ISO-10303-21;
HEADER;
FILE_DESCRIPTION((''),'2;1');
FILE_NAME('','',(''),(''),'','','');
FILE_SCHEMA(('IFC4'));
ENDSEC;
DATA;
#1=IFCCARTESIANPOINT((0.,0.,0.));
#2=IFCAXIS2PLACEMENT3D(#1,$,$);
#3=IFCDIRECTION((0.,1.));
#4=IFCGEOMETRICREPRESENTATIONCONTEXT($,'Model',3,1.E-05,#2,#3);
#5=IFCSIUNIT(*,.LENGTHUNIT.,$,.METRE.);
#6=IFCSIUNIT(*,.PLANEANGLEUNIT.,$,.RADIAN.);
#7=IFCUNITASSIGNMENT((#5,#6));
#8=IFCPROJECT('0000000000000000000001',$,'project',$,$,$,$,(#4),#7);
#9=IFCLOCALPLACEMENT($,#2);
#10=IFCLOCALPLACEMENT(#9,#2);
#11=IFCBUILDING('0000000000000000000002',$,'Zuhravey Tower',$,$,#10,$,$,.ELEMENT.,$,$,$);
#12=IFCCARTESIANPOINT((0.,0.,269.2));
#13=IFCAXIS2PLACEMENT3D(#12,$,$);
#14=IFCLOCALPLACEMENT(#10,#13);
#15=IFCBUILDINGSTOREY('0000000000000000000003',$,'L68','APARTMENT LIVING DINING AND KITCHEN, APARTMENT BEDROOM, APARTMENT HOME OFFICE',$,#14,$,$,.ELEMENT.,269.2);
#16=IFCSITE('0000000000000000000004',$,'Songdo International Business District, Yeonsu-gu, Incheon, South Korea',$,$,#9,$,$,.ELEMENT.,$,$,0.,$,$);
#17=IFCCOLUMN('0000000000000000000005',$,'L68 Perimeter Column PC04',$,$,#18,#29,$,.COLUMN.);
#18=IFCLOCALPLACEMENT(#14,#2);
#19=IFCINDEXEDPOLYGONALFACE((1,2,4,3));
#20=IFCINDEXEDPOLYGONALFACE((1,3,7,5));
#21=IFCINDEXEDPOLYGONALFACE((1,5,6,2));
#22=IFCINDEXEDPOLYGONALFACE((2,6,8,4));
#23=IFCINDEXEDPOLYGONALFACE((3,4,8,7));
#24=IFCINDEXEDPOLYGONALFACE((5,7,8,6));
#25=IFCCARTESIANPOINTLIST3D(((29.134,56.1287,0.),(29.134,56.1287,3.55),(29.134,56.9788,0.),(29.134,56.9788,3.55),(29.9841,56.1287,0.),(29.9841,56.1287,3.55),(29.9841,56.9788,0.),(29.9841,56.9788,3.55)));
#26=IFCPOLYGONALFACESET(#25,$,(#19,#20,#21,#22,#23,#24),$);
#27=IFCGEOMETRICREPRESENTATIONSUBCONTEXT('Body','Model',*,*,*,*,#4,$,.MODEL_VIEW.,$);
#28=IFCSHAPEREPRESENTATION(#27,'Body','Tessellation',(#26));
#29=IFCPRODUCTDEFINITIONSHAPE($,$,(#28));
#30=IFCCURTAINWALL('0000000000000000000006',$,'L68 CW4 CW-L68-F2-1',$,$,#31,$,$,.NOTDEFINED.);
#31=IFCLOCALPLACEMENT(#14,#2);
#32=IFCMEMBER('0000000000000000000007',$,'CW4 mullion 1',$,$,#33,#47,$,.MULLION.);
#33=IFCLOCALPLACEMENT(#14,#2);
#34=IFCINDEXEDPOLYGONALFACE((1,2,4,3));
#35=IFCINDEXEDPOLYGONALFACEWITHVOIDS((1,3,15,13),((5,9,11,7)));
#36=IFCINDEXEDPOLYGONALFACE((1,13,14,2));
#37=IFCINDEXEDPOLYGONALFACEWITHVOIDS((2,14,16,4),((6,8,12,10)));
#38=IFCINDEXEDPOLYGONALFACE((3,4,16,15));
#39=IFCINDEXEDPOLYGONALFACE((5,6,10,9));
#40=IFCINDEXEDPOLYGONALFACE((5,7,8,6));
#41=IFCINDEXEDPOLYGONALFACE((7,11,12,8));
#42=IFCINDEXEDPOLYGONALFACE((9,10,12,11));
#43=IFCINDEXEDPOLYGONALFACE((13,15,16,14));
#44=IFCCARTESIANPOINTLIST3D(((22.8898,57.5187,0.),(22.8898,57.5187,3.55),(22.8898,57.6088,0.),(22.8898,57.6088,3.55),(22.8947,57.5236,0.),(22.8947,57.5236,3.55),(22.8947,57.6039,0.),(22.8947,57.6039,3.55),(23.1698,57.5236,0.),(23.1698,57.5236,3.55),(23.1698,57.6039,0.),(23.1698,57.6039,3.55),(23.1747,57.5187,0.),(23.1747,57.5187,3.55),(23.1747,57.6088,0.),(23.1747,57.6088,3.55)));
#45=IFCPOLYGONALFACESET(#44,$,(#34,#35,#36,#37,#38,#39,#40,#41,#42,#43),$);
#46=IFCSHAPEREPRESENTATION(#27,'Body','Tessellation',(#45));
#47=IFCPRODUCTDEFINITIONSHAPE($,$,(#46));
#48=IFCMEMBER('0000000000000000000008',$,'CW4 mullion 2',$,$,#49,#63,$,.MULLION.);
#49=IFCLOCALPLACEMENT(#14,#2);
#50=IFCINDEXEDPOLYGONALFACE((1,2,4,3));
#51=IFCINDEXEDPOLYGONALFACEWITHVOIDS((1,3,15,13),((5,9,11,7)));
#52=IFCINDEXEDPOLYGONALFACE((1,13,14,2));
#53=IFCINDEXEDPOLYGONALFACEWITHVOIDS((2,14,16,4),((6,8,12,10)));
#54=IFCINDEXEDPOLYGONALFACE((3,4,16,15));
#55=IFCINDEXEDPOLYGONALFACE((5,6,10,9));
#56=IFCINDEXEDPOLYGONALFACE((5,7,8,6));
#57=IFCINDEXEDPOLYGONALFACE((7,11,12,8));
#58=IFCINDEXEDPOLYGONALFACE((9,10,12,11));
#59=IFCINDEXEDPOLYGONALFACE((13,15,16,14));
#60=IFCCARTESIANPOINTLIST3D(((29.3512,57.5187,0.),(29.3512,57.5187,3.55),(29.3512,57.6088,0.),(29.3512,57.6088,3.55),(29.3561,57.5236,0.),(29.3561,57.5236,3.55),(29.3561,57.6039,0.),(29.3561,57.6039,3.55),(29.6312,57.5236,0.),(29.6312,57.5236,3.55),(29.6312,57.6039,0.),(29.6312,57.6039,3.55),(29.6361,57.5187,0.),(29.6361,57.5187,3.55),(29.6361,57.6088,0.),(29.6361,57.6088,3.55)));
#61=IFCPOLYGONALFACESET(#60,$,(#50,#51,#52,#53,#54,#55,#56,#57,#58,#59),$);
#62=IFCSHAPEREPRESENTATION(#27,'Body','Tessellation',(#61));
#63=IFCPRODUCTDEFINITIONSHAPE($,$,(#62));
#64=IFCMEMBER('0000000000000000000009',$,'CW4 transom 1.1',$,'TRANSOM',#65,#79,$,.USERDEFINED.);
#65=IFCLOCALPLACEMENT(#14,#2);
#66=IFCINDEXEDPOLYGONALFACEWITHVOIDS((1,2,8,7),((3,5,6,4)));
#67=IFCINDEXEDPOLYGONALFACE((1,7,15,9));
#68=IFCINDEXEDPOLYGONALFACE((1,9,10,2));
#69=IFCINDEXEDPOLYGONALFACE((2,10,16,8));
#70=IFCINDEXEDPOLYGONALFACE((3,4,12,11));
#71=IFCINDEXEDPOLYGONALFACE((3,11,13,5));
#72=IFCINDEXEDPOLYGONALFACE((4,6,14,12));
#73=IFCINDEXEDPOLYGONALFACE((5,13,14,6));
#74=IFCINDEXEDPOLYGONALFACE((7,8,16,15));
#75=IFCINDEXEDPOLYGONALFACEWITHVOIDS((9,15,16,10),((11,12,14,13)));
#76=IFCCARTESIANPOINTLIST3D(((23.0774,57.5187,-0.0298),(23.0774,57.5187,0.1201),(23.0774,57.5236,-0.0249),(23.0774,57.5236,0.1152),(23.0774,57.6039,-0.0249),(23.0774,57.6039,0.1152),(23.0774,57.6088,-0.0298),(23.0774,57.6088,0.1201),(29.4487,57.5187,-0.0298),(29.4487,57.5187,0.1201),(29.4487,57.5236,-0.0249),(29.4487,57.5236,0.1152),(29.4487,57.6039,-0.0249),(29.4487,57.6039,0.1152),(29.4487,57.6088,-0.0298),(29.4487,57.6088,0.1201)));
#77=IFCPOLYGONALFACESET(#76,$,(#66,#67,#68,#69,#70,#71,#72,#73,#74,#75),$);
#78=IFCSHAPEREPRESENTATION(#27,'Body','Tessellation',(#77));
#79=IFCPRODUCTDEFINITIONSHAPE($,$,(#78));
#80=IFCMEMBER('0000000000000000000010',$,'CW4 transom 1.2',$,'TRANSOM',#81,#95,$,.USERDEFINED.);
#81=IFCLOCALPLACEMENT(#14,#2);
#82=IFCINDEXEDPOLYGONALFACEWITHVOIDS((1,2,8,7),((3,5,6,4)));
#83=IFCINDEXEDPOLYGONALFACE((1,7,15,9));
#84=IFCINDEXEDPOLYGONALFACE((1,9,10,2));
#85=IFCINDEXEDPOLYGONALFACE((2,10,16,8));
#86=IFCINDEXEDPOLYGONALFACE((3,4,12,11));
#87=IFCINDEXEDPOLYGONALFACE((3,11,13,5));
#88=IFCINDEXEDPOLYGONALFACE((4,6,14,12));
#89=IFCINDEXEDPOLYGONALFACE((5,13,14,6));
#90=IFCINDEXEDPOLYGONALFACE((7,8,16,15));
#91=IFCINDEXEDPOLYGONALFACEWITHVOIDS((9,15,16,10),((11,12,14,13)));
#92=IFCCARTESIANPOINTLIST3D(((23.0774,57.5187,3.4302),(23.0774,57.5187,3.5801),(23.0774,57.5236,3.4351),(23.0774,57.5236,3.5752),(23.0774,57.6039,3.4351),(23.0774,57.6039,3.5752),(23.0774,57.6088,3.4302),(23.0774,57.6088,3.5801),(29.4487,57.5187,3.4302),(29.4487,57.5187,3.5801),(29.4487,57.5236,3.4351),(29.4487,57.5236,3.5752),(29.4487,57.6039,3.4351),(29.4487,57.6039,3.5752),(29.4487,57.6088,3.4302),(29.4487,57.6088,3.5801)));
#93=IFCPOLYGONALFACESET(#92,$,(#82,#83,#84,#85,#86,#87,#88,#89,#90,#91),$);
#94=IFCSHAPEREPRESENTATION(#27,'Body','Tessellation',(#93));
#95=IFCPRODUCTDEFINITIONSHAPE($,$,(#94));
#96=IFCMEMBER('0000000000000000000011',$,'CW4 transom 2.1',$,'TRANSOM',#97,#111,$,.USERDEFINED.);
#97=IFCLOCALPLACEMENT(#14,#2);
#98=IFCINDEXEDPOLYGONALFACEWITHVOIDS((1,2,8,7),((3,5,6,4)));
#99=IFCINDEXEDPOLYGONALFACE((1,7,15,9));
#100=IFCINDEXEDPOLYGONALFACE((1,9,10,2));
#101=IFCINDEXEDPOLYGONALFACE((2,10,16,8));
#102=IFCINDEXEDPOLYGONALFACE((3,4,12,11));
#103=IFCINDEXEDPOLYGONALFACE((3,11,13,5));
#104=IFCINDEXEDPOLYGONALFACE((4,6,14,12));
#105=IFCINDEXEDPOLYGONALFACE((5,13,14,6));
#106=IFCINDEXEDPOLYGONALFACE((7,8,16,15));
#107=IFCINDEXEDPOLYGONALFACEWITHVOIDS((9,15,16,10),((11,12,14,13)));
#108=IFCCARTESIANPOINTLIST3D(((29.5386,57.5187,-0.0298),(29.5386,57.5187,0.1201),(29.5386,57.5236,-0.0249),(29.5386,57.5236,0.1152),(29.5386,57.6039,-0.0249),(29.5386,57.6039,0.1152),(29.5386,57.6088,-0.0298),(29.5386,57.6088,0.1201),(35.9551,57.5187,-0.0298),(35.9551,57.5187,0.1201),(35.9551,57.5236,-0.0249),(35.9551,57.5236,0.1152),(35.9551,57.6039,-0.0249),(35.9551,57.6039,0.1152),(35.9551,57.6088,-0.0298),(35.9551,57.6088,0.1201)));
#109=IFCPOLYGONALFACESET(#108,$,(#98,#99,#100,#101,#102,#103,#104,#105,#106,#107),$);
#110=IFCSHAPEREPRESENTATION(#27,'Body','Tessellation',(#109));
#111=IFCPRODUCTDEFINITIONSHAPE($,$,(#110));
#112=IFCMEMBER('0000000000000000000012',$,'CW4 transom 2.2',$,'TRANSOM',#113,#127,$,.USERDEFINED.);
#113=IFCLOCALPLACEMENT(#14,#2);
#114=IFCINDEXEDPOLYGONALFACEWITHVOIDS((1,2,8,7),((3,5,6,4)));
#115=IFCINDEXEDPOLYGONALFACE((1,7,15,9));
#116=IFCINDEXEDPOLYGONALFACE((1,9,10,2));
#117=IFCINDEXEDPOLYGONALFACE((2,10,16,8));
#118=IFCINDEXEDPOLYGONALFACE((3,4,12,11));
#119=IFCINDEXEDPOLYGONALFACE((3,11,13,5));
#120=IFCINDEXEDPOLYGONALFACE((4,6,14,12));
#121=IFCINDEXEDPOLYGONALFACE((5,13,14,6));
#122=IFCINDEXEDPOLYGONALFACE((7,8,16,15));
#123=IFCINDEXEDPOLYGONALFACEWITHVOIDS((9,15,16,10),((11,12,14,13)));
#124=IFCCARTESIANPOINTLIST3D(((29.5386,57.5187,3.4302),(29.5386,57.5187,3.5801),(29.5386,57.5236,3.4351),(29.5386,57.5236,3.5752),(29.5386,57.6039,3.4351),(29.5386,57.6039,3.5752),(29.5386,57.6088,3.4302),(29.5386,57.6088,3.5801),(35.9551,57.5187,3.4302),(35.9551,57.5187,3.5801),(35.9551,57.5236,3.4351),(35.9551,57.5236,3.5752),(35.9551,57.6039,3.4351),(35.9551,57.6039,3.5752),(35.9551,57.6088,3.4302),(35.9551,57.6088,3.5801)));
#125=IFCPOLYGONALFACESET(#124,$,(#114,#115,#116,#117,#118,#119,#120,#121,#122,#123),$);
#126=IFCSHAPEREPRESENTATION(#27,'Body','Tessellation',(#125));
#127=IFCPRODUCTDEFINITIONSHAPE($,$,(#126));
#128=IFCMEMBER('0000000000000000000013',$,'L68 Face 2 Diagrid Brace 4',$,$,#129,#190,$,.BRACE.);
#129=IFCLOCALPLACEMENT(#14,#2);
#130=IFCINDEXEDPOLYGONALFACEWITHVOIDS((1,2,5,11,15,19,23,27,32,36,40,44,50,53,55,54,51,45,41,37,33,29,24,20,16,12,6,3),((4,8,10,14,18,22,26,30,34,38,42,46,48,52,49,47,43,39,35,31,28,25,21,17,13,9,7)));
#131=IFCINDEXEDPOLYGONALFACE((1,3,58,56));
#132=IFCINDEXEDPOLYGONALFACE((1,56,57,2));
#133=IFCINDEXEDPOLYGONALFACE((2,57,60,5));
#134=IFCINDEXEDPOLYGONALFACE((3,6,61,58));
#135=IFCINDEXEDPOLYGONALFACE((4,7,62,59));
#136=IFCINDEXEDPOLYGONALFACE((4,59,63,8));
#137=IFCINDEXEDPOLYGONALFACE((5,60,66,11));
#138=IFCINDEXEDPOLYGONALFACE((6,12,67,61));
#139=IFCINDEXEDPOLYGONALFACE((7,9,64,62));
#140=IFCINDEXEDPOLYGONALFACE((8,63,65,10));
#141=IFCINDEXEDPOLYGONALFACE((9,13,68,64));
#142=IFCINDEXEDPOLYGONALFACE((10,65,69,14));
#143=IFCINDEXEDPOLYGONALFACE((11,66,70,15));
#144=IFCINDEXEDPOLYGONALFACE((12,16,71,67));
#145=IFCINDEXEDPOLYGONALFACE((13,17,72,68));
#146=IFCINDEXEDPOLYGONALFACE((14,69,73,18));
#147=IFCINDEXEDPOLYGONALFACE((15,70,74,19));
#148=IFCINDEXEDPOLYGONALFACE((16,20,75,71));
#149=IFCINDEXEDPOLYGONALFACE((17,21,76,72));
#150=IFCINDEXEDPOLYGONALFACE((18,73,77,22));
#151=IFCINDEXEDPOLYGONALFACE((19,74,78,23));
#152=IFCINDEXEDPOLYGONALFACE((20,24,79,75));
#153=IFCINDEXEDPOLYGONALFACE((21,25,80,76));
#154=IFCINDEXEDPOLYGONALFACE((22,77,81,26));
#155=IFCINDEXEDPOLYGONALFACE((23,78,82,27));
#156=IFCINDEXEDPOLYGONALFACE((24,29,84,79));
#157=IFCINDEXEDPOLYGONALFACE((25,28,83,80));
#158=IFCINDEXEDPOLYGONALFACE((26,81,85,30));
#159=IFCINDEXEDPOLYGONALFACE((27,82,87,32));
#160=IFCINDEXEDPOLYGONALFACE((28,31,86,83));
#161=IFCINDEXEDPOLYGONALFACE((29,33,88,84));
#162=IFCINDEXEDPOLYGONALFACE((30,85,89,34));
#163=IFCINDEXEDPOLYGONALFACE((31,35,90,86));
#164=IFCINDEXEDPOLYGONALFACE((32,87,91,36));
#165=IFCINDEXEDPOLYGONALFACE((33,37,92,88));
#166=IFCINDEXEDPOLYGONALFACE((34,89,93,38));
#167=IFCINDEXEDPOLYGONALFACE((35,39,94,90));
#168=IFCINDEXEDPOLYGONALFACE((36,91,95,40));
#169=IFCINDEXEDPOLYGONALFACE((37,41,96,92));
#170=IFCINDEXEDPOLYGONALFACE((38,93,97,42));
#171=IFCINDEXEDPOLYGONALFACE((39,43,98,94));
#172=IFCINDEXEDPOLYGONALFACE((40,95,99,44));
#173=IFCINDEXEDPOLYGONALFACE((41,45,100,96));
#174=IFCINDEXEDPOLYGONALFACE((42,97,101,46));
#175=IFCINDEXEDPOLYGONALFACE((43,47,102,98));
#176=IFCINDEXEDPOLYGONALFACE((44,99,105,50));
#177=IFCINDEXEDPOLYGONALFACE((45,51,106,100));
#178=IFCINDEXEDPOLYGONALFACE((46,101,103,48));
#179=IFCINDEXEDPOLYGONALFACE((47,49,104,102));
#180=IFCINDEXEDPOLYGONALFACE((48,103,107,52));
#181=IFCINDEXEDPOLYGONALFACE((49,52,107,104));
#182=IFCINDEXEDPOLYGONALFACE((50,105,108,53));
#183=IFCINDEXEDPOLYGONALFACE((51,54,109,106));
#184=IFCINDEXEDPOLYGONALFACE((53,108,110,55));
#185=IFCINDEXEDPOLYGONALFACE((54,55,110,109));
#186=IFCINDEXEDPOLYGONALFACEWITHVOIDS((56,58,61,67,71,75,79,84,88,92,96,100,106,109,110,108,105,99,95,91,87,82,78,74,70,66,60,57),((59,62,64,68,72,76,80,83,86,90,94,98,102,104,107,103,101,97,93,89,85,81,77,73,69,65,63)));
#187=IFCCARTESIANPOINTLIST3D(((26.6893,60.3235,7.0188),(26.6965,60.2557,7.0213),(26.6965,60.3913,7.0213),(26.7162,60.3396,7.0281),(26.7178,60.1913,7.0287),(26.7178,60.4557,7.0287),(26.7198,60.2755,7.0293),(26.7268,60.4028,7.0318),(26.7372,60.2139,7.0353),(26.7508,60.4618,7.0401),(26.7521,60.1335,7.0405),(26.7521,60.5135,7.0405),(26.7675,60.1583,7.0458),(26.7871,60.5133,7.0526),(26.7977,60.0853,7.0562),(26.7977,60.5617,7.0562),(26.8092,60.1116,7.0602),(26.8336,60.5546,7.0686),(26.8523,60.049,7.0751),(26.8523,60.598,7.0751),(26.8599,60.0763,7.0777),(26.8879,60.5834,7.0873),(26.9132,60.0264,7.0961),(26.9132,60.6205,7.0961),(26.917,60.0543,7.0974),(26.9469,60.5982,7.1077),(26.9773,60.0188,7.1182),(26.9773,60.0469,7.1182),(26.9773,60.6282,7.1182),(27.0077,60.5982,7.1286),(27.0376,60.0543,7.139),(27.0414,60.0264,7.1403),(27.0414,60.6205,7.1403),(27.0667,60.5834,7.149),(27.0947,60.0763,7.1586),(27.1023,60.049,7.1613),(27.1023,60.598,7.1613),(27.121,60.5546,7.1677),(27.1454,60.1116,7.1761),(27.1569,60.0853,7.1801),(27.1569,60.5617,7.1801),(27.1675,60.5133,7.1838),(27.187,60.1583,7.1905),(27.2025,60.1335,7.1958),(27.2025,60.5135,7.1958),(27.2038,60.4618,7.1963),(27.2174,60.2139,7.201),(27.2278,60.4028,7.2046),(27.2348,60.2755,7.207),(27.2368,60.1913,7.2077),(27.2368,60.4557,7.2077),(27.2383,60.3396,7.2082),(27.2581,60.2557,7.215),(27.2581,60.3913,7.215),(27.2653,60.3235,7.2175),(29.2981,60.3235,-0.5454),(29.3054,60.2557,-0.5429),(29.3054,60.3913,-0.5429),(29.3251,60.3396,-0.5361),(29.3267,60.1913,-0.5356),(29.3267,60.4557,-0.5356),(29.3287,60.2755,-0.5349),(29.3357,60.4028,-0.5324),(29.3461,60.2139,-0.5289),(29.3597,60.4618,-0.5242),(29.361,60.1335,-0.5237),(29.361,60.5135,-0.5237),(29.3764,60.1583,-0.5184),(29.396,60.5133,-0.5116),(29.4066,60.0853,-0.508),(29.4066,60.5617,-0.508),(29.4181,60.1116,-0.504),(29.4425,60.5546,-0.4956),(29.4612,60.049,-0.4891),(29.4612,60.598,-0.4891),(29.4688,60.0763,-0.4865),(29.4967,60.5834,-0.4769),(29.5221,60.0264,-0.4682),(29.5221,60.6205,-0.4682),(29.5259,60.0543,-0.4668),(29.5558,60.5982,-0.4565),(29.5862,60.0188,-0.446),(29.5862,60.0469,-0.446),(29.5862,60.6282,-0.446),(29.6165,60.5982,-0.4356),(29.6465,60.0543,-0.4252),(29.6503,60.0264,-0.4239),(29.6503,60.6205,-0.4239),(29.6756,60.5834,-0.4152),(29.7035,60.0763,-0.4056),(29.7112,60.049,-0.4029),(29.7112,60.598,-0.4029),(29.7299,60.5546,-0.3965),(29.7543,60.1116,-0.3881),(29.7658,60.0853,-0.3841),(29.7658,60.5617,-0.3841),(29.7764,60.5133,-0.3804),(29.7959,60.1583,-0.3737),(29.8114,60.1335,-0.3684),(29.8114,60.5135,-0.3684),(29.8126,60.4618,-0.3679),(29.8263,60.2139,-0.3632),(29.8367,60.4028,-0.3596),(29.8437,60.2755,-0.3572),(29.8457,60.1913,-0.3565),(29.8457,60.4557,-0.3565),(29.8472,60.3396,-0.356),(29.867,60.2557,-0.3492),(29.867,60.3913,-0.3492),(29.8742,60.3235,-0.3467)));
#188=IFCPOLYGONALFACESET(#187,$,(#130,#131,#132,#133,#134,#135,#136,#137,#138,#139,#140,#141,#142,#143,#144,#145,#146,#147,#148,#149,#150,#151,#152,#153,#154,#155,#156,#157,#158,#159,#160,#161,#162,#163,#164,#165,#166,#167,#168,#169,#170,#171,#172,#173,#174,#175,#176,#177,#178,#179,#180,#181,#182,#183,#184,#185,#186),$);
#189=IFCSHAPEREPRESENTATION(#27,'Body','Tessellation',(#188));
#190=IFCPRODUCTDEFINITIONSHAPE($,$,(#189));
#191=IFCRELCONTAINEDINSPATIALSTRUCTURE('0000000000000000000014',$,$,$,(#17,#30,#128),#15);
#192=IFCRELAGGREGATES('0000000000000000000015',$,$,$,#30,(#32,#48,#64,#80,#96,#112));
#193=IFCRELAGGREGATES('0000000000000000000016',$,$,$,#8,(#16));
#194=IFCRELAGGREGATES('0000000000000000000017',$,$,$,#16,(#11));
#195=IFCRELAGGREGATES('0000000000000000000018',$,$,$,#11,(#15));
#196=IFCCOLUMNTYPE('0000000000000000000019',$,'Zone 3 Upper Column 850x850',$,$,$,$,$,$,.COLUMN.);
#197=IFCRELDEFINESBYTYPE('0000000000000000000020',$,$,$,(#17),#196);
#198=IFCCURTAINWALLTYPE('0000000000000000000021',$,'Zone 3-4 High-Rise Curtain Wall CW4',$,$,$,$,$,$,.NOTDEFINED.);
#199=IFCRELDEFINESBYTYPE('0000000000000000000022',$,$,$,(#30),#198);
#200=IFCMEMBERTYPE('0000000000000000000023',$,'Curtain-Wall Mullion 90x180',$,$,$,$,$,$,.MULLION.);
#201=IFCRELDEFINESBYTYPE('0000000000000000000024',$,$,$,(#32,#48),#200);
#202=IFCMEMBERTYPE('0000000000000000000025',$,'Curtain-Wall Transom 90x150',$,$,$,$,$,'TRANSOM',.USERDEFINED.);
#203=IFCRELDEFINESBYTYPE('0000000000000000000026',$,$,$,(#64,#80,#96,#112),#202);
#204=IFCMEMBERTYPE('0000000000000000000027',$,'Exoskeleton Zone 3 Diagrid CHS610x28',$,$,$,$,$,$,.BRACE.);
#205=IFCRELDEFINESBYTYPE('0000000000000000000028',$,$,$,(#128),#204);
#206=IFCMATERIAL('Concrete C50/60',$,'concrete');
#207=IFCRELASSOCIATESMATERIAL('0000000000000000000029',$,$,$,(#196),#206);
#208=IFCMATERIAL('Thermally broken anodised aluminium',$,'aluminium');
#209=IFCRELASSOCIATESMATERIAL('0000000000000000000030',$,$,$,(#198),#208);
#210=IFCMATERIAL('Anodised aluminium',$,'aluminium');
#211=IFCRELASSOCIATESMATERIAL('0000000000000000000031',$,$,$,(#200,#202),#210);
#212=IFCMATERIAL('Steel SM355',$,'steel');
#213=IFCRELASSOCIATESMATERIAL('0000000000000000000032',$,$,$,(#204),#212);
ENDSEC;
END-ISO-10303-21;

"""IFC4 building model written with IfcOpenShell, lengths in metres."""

from ifc_helpers import new_model, si_unit, direction, frame, origin, origin_2d, place, context, subcontext, project, spatial, rectangle, hollow_rectangle, hollow_circle, extrude, material, material_profile, profile_set, type_object, element, aggregate, save


model = new_model("IFC4")

# Units and contexts
model_context = context("Model", 3, precision=1e-05, world=origin(), true_north=direction((0.0, 1.0)))
body_context = subcontext(model_context, "Body", "Model", "MODEL_VIEW")
ifc_project = project(units=[si_unit("LENGTHUNIT", "METRE"), si_unit("PLANEANGLEUNIT", "RADIAN")], contexts=[model_context])

# Site, building, storey
site_placement = place(None, origin())
site = spatial("IfcSite", under=ifc_project, at=site_placement, Name="Songdo International Business District, Yeonsu-gu, Incheon, South Korea", CompositionType="ELEMENT", RefElevation=0.0)
building_placement = place(site_placement, origin())
building = spatial("IfcBuilding", under=site, at=building_placement, Name="Zuhravey Tower", CompositionType="ELEMENT")
storey_placement = place(building_placement, frame((0.0, 0.0, 269.2)))
storey = spatial("IfcBuildingStorey", under=building, at=storey_placement, Name="L68", Description="APARTMENT LIVING DINING AND KITCHEN, APARTMENT BEDROOM, APARTMENT HOME OFFICE", CompositionType="ELEMENT", Elevation=269.2)

# Column
ifc_material_1 = material(Name="Concrete C50/60", Category="concrete")
ifc_material_profile_1 = material_profile(ifc_material_1, rectangle(XDim=0.8501, YDim=0.8501, at=origin_2d()), Name="RC-850x850")
ifc_profile_set_1 = profile_set([ifc_material_profile_1], Name="Concrete C50/60")
column_type = type_object("IfcColumnType", Name="Zone 3 Upper Column 850x850", PredefinedType="COLUMN", material=ifc_profile_set_1)
column_placement = place(storey_placement, frame((29.5591, 56.5537, 0.0), z_axis=(0.0, 0.0, 1.0), x_axis=(-1.0, 0.0, 0.0)))
element("IfcColumn", 1, at=column_placement, inside=storey, type_object=column_type, Name="L68 Perimeter Column PC04", PredefinedType="COLUMN", context=body_context, shape_type="SweptSolid", body=[
    extrude(rectangle(XDim=0.8501, YDim=0.8501, at=origin_2d()), origin(), (0.0, 0.0, 1.0), 3.55),
])

# Curtain wall, members
ifc_material_2 = material(Name="Thermally broken anodised aluminium", Category="aluminium")
curtain_wall_type = type_object("IfcCurtainWallType", Name="Zone 3-4 High-Rise Curtain Wall CW4", PredefinedType="NOTDEFINED", material=ifc_material_2)
curtain_wall_placement = place(storey_placement, origin())
curtain_wall = element("IfcCurtainWall", 2, at=curtain_wall_placement, inside=storey, type_object=curtain_wall_type, Name="L68 CW4 CW-L68-F2-1", PredefinedType="NOTDEFINED")
ifc_material_3 = material(Name="Anodised aluminium", Category="aluminium")
ifc_material_profile_2 = material_profile(ifc_material_3, hollow_rectangle(XDim=0.0901, YDim=0.2849, WallThickness=0.0049, at=origin_2d()), Name="ALU-RHS-90x285x5")
ifc_profile_set_2 = profile_set([ifc_material_profile_2], Name="Anodised aluminium")
member_type_1 = type_object("IfcMemberType", Name="Curtain-Wall Mullion 90x180", PredefinedType="MULLION", material=ifc_profile_set_2)
member_1_placement = place(storey_placement, frame((23.0322, 57.5637, 0.0), z_axis=(0.0, 0.0, 1.0), x_axis=(0.0, 1.0, 0.0)))
member_1 = element("IfcMember", 3, at=member_1_placement, type_object=member_type_1, Name="CW4 mullion 1", PredefinedType="MULLION", context=body_context, shape_type="SweptSolid", body=[
    extrude(hollow_rectangle(XDim=0.0901, YDim=0.2849, WallThickness=0.0049, at=origin_2d()), origin(), (0.0, 0.0, 1.0), 3.55),
])
member_2_placement = place(storey_placement, frame((29.4937, 57.5637, 0.0), z_axis=(0.0, 0.0, 1.0), x_axis=(0.0, 1.0, 0.0)))
member_2 = element("IfcMember", 4, at=member_2_placement, type_object=member_type_1, Name="CW4 mullion 2", PredefinedType="MULLION", context=body_context, shape_type="SweptSolid", body=[
    extrude(hollow_rectangle(XDim=0.0901, YDim=0.2849, WallThickness=0.0049, at=origin_2d()), origin(), (0.0, 0.0, 1.0), 3.55),
])
ifc_material_profile_3 = material_profile(ifc_material_3, hollow_rectangle(XDim=0.0901, YDim=0.1499, WallThickness=0.0049, at=origin_2d()), Name="ALU-RHS-90x150x5")
ifc_profile_set_3 = profile_set([ifc_material_profile_3], Name="Anodised aluminium")
member_type_2 = type_object("IfcMemberType", Name="Curtain-Wall Transom 90x150", ElementType="TRANSOM", PredefinedType="USERDEFINED", material=ifc_profile_set_3)
member_3_placement = place(storey_placement, frame((23.0774, 57.5637, 0.0452), z_axis=(1.0, 0.0, 0.0), x_axis=(0.0, 1.0, 0.0)))
member_3 = element("IfcMember", 5, at=member_3_placement, type_object=member_type_2, Name="CW4 transom 1.1", ObjectType="TRANSOM", PredefinedType="USERDEFINED", context=body_context, shape_type="SweptSolid", body=[
    extrude(hollow_rectangle(XDim=0.0901, YDim=0.1499, WallThickness=0.0049, at=origin_2d()), origin(), (0.0, 0.0, 1.0), 6.3713),
])
member_4_placement = place(storey_placement, frame((23.0774, 57.5637, 3.5051), z_axis=(1.0, 0.0, 0.0), x_axis=(0.0, 1.0, 0.0)))
member_4 = element("IfcMember", 6, at=member_4_placement, type_object=member_type_2, Name="CW4 transom 1.2", ObjectType="TRANSOM", PredefinedType="USERDEFINED", context=body_context, shape_type="SweptSolid", body=[
    extrude(hollow_rectangle(XDim=0.0901, YDim=0.1499, WallThickness=0.0049, at=origin_2d()), origin(), (0.0, 0.0, 1.0), 6.3713),
])
member_5_placement = place(storey_placement, frame((29.5386, 57.5637, 0.0452), z_axis=(1.0, 0.0, 0.0), x_axis=(0.0, 1.0, 0.0)))
member_5 = element("IfcMember", 7, at=member_5_placement, type_object=member_type_2, Name="CW4 transom 2.1", ObjectType="TRANSOM", PredefinedType="USERDEFINED", context=body_context, shape_type="SweptSolid", body=[
    extrude(hollow_rectangle(XDim=0.0901, YDim=0.1499, WallThickness=0.0049, at=origin_2d()), origin(), (0.0, 0.0, 1.0), 6.4165),
])
member_6_placement = place(storey_placement, frame((29.5386, 57.5637, 3.5051), z_axis=(1.0, 0.0, 0.0), x_axis=(0.0, 1.0, 0.0)))
member_6 = element("IfcMember", 8, at=member_6_placement, type_object=member_type_2, Name="CW4 transom 2.2", ObjectType="TRANSOM", PredefinedType="USERDEFINED", context=body_context, shape_type="SweptSolid", body=[
    extrude(hollow_rectangle(XDim=0.0901, YDim=0.1499, WallThickness=0.0049, at=origin_2d()), origin(), (0.0, 0.0, 1.0), 6.4165),
])

# Member
ifc_material_4 = material(Name="Steel SM355", Category="steel")
ifc_material_profile_4 = material_profile(ifc_material_4, hollow_circle(Radius=0.3047, WallThickness=0.0281, at=origin_2d()), Name="CHS-609.6x28")
ifc_profile_set_4 = profile_set([ifc_material_profile_4], Name="Steel SM355")
member_type_3 = type_object("IfcMemberType", Name="Exoskeleton Zone 3 Diagrid CHS610x28", PredefinedType="BRACE", material=ifc_profile_set_4)
member_7_placement = place(storey_placement, frame((29.5862, 60.3235, -0.446), z_axis=(-0.326051, 0.0, 0.945352), x_axis=(0.0, -1.0, 0.0)))
element("IfcMember", 9, at=member_7_placement, inside=storey, type_object=member_type_3, Name="L68 Face 2 Diagrid Brace 4", PredefinedType="BRACE", context=body_context, shape_type="SweptSolid", body=[
    extrude(hollow_circle(Radius=0.3047, WallThickness=0.0281, at=origin_2d()), origin(), (0.0, 0.0, 1.0), 8.0015),
])

aggregate(curtain_wall, [member_1, member_2, member_3, member_4, member_5, member_6])

save(model, "model.ifc")
